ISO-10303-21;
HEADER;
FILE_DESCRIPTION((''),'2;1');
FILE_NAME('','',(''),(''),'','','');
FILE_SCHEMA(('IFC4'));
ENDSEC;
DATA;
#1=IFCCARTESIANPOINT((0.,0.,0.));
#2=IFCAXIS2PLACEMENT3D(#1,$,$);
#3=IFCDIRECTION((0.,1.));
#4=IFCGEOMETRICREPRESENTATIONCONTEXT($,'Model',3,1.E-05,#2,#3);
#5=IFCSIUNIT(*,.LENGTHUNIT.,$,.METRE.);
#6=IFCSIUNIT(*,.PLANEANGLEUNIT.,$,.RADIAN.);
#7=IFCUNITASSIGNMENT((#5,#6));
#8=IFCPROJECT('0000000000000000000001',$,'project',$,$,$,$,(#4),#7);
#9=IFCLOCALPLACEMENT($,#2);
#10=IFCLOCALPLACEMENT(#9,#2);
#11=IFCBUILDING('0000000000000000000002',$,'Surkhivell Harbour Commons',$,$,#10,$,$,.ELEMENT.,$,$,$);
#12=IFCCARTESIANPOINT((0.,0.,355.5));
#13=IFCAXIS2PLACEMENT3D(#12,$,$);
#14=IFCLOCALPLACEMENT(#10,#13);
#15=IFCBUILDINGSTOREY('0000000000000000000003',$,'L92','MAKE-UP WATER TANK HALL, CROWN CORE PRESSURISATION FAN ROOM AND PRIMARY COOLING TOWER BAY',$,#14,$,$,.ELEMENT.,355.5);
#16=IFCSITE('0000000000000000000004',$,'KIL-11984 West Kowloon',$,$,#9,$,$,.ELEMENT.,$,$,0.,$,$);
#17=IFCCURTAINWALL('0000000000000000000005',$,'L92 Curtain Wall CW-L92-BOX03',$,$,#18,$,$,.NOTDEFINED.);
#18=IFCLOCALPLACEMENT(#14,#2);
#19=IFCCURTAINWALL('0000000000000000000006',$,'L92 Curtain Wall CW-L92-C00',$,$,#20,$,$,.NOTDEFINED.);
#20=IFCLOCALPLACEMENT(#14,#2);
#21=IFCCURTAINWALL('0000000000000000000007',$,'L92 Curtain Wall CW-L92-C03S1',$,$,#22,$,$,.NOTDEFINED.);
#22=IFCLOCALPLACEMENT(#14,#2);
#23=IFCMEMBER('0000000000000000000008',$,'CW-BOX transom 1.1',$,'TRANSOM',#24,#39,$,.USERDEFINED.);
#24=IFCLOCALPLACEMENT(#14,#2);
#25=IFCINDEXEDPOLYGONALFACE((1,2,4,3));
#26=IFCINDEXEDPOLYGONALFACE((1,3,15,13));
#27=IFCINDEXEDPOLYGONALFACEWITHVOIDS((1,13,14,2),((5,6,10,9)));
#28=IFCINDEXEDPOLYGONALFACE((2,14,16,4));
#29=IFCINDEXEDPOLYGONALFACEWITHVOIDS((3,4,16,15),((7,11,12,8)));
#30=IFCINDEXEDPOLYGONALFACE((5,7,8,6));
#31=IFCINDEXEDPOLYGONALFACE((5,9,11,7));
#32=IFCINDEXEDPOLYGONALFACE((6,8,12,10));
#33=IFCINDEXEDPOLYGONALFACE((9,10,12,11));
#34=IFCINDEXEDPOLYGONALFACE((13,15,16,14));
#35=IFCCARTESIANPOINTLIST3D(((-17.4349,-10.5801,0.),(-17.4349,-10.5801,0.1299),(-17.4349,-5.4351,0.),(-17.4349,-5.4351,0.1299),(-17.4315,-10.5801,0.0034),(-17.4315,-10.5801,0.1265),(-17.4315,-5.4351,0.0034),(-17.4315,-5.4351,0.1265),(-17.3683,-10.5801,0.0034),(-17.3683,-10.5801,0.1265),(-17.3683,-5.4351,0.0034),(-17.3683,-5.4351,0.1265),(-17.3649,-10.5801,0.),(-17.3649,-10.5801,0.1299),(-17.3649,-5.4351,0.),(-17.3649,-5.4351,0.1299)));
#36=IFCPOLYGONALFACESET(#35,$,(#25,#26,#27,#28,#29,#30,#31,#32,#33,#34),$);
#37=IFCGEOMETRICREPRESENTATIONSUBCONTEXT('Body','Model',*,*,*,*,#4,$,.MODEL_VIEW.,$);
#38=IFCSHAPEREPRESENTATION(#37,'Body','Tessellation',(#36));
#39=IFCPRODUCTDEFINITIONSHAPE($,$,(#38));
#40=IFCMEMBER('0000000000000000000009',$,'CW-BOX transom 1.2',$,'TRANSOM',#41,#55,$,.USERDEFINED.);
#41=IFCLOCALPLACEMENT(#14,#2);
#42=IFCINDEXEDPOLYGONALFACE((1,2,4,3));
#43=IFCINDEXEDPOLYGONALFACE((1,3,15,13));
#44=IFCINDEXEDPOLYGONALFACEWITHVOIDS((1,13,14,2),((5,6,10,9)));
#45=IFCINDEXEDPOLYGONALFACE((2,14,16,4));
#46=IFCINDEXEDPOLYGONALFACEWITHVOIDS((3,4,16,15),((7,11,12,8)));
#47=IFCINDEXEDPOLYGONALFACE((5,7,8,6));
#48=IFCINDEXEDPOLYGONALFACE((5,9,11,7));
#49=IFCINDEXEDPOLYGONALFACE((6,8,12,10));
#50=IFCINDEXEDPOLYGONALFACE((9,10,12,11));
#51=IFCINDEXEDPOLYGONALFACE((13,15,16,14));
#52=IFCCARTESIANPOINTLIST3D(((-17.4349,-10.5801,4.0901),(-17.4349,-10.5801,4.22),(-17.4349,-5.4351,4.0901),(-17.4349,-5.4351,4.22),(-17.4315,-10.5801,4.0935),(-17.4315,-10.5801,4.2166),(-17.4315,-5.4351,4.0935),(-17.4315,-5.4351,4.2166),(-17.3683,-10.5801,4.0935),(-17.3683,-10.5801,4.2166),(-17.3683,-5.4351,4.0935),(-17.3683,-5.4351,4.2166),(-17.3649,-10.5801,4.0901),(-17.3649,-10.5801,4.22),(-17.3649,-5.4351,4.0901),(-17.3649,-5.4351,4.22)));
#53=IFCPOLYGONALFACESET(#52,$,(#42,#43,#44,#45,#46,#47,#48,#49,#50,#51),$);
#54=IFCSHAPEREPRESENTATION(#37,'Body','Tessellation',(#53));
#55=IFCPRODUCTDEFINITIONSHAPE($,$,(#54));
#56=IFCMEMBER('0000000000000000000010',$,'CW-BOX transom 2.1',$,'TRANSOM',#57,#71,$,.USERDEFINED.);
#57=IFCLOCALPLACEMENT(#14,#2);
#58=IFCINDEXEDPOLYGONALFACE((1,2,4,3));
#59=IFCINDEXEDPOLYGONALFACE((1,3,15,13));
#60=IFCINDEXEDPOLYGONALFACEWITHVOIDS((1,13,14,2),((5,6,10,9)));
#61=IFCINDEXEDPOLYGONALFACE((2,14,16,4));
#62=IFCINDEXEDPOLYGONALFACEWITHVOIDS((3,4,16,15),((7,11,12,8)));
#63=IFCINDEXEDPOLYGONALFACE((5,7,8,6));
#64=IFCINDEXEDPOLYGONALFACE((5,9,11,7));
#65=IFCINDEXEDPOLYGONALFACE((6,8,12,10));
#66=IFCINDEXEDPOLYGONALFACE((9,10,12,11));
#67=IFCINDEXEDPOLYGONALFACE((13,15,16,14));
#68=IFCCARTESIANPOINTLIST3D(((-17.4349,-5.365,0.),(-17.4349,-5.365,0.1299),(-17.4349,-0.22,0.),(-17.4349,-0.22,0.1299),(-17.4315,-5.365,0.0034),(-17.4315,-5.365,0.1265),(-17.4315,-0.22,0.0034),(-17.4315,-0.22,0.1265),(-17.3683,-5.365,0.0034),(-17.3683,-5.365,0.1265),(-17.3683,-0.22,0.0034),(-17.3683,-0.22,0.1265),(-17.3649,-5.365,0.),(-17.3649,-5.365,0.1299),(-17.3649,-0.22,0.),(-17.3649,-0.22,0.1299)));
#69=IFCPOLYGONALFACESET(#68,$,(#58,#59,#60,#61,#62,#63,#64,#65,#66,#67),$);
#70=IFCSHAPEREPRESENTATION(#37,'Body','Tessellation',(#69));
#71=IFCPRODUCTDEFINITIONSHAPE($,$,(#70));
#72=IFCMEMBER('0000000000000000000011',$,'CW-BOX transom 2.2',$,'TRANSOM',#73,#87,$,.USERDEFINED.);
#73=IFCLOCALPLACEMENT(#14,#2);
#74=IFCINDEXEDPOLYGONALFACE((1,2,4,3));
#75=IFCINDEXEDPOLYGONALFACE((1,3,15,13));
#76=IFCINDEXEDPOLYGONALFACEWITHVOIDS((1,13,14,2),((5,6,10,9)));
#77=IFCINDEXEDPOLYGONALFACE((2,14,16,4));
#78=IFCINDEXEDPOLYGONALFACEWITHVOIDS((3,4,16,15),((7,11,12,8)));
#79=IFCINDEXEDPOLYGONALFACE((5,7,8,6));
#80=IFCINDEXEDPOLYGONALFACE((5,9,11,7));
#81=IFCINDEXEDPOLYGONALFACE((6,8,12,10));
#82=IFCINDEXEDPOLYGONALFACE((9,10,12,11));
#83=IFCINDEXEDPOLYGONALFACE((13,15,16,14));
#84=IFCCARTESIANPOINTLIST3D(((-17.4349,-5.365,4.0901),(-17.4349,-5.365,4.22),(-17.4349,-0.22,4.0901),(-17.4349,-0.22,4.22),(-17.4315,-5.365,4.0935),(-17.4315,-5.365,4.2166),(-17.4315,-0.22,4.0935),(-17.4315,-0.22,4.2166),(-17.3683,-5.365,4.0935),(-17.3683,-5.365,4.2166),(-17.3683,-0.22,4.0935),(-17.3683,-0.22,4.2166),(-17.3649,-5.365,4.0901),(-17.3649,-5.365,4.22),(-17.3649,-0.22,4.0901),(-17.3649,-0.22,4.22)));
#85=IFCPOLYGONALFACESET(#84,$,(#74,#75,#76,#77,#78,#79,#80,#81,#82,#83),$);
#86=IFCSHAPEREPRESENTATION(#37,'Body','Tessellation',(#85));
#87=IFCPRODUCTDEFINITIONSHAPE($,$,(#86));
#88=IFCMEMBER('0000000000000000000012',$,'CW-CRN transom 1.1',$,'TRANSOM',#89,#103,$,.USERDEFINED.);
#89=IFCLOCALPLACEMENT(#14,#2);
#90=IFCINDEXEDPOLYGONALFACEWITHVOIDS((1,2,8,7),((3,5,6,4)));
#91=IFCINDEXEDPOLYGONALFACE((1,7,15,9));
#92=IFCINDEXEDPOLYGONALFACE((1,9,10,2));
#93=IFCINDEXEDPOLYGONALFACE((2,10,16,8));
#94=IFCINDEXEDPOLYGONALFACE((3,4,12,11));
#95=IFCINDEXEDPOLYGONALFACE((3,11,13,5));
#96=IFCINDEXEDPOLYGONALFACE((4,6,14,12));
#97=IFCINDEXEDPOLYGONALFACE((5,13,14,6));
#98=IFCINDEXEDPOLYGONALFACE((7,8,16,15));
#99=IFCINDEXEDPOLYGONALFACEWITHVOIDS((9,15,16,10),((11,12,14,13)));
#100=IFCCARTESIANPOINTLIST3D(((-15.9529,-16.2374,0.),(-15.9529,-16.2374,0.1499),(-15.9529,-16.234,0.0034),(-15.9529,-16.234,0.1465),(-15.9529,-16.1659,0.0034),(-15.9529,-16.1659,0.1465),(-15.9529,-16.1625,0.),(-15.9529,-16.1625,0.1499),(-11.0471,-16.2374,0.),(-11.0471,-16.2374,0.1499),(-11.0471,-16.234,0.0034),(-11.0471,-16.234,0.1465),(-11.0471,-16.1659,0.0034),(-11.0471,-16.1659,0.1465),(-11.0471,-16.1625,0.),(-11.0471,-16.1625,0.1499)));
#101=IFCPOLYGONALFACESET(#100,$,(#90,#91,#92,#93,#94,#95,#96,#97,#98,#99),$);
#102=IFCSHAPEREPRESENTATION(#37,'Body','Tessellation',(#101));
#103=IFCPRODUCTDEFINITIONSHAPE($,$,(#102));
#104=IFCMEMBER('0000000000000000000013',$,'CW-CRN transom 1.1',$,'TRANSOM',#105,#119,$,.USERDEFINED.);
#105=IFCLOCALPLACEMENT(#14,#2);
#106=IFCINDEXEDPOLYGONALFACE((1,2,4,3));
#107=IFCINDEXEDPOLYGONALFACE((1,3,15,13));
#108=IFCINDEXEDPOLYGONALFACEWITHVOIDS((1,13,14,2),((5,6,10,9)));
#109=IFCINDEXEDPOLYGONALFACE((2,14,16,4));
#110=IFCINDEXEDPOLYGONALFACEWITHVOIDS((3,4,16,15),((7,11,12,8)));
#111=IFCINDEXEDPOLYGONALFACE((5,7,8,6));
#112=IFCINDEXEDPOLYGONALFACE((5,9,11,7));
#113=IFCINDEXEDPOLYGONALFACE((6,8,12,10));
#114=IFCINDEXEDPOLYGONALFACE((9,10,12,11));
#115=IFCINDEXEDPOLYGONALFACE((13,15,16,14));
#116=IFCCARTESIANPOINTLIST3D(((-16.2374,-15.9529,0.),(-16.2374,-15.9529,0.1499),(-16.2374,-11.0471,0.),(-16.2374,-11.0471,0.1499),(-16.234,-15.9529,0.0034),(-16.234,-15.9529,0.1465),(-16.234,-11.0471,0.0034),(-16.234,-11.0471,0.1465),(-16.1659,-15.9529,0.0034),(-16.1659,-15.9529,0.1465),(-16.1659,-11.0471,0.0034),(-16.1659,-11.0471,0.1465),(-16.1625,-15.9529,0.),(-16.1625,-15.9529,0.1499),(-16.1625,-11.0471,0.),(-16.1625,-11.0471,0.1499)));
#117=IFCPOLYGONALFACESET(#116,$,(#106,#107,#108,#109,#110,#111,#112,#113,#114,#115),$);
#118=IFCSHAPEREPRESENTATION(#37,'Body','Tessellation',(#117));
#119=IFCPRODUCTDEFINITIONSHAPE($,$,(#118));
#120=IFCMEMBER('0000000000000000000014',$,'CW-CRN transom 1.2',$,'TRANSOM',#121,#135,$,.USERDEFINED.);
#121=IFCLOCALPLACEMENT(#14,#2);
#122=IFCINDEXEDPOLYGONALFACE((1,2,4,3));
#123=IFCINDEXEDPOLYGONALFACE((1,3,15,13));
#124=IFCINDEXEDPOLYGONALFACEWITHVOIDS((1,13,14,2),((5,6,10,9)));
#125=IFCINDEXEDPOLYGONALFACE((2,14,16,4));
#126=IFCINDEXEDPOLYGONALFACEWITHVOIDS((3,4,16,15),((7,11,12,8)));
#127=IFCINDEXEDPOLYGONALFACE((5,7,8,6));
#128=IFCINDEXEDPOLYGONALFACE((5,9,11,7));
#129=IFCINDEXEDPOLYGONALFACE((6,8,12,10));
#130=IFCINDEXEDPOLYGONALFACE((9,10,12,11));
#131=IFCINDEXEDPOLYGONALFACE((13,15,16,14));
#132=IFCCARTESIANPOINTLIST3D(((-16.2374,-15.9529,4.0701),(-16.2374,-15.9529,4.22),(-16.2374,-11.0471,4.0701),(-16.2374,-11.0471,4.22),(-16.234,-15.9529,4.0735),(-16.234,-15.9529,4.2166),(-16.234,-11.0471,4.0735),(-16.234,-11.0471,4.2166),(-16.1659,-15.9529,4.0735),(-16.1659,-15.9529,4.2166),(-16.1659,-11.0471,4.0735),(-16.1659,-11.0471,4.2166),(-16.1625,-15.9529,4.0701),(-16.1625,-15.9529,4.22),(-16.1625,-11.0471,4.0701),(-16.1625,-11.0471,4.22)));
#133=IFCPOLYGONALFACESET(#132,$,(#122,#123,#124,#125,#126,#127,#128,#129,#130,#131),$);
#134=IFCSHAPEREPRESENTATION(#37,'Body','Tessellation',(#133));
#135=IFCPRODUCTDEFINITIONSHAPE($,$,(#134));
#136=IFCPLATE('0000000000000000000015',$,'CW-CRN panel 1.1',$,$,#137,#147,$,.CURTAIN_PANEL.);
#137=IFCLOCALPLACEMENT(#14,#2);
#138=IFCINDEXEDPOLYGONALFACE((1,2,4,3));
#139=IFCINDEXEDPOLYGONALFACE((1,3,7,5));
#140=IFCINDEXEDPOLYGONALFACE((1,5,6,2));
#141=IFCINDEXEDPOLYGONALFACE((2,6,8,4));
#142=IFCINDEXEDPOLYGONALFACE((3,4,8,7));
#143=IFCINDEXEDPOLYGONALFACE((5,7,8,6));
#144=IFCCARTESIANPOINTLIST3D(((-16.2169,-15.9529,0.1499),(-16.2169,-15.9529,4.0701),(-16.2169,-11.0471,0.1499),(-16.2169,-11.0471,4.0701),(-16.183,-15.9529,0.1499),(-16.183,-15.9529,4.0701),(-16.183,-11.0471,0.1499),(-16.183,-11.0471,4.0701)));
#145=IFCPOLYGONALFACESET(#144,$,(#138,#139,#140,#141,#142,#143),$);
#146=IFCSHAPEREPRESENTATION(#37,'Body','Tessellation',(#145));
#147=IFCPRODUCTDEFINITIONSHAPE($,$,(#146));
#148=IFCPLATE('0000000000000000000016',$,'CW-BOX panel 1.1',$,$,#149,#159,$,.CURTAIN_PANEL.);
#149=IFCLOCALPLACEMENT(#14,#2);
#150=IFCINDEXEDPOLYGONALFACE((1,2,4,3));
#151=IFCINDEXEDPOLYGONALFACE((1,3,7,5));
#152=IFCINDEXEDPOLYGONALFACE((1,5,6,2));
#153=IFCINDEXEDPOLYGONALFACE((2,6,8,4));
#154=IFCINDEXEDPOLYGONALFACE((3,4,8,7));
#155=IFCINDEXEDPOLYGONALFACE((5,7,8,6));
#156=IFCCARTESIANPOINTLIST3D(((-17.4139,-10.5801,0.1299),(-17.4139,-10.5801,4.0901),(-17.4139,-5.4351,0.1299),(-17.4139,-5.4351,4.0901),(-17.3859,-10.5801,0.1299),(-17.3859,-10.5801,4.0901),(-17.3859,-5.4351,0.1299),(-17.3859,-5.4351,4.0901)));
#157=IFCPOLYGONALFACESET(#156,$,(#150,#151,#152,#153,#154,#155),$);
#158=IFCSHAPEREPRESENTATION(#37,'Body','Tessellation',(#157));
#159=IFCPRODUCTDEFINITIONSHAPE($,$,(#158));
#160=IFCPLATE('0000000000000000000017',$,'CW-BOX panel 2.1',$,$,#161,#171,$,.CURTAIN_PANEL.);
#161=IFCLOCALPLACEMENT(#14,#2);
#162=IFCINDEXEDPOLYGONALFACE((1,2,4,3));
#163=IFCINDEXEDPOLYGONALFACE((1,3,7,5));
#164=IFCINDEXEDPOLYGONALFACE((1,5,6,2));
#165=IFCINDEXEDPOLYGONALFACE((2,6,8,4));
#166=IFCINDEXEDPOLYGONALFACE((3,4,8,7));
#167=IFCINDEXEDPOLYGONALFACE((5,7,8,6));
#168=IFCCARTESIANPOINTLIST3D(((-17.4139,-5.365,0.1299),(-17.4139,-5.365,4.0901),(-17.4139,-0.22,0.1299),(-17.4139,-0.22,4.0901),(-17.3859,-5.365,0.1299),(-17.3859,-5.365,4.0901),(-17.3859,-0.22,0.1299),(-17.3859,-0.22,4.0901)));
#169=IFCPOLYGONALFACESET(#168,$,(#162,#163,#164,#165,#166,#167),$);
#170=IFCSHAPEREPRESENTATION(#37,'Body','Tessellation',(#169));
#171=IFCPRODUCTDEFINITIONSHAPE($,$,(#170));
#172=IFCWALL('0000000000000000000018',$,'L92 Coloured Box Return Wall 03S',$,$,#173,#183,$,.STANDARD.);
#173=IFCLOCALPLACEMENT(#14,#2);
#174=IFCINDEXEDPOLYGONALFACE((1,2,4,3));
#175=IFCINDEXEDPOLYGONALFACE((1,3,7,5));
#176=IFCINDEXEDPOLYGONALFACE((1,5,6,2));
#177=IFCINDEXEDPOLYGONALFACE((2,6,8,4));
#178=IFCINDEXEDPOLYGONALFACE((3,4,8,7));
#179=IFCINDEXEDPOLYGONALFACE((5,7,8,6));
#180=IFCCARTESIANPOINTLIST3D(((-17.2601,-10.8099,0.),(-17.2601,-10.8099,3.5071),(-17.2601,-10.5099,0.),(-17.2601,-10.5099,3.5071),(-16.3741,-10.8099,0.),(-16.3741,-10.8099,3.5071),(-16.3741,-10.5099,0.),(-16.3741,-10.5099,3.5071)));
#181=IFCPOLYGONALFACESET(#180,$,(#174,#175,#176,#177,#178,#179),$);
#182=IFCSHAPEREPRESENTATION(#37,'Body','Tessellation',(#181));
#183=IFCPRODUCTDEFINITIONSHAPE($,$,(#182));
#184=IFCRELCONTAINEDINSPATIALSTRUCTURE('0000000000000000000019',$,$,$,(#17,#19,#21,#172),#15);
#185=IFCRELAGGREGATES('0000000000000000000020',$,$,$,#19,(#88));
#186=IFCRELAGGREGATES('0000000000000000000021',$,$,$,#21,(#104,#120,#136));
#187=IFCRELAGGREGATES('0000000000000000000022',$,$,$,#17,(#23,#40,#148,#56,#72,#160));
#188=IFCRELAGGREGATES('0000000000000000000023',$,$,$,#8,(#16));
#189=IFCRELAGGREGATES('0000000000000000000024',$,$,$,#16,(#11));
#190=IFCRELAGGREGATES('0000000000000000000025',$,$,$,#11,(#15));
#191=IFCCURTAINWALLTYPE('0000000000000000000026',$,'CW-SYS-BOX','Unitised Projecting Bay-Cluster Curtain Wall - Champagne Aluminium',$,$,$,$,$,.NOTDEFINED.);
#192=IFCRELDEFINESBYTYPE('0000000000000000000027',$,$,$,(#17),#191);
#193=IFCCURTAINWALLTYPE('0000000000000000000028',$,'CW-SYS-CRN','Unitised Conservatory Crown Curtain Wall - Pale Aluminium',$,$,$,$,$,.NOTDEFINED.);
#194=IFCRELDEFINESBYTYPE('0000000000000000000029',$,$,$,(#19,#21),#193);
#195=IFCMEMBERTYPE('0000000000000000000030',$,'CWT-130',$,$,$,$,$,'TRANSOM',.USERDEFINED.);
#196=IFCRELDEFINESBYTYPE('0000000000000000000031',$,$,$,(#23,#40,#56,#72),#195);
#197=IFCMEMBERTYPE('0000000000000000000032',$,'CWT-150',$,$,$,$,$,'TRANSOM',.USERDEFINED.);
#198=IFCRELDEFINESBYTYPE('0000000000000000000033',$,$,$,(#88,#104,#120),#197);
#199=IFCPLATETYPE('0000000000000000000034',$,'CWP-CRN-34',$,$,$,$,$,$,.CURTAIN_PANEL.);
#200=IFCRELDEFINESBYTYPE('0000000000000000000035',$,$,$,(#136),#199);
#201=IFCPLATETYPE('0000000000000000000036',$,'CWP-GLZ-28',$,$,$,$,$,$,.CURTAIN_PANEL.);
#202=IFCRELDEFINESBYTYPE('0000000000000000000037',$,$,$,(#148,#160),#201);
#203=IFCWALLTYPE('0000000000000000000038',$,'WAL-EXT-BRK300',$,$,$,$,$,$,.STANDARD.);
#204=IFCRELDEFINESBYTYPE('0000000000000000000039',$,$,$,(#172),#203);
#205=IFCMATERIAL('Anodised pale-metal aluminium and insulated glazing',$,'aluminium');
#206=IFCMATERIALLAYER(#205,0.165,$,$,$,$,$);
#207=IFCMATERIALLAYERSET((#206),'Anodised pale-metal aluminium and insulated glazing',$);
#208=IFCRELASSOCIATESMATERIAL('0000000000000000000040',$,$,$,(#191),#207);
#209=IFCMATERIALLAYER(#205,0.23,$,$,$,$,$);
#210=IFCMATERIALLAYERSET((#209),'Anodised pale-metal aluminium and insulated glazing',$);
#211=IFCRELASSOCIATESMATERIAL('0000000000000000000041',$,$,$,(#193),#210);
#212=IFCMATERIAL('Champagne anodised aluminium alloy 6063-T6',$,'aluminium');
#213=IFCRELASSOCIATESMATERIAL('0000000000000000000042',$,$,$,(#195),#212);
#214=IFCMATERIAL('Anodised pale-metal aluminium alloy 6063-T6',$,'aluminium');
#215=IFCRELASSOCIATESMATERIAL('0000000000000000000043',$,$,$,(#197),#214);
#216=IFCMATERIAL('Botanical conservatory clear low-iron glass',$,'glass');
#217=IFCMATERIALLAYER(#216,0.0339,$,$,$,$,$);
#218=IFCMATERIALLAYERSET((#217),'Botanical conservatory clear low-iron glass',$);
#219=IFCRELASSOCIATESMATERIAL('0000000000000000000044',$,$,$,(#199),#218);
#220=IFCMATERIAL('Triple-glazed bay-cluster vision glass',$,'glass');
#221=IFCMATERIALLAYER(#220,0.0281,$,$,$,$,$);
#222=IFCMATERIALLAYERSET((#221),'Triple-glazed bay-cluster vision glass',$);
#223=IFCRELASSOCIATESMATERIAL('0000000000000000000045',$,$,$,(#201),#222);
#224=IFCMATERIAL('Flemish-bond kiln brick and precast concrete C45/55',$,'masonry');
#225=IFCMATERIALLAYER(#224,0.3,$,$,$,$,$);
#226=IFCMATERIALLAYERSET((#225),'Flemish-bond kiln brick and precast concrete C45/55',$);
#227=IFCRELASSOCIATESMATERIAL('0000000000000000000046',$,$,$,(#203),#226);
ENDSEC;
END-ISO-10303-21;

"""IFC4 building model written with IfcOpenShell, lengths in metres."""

from ifc_helpers import new_model, si_unit, direction, frame, frame_2d, origin, origin_2d, place, context, subcontext, project, spatial, rectangle, hollow_rectangle, extrude, material, layer, layer_set, material_profile, profile_set, type_object, element, aggregate, save


model = new_model("IFC4")

# Units and contexts
model_context = context("Model", 3, precision=1e-05, world=origin(), true_north=direction((0.0, 1.0)))
body_context = subcontext(model_context, "Body", "Model", "MODEL_VIEW")
ifc_project = project(units=[si_unit("LENGTHUNIT", "METRE"), si_unit("PLANEANGLEUNIT", "RADIAN")], contexts=[model_context])

# Site, building, storey
site_placement = place(None, origin())
site = spatial("IfcSite", under=ifc_project, at=site_placement, Name="KIL-11984 West Kowloon", CompositionType="ELEMENT", RefElevation=0.0)
building_placement = place(site_placement, origin())
building = spatial("IfcBuilding", under=site, at=building_placement, Name="Surkhivell Harbour Commons", CompositionType="ELEMENT")
storey_placement = place(building_placement, frame((0.0, 0.0, 355.5)))
storey = spatial("IfcBuildingStorey", under=building, at=storey_placement, Name="L92", Description="MAKE-UP WATER TANK HALL, CROWN CORE PRESSURISATION FAN ROOM AND PRIMARY COOLING TOWER BAY", CompositionType="ELEMENT", Elevation=355.5)

# Curtain wall
ifc_material_1 = material(Name="Anodised pale-metal aluminium and insulated glazing", Category="aluminium")
ifc_layer_1 = layer(ifc_material_1, 0.165)
ifc_layer_set_1 = layer_set([ifc_layer_1], Name="Anodised pale-metal aluminium and insulated glazing")
curtain_wall_type_1 = type_object("IfcCurtainWallType", Name="CW-SYS-BOX", Description="Unitised Projecting Bay-Cluster Curtain Wall - Champagne Aluminium", PredefinedType="NOTDEFINED", material=ifc_layer_set_1)
curtain_wall_1_placement = place(storey_placement, origin())
curtain_wall_1 = element("IfcCurtainWall", 1, at=curtain_wall_1_placement, inside=storey, type_object=curtain_wall_type_1, Name="L92 Curtain Wall CW-L92-BOX03", PredefinedType="NOTDEFINED")
ifc_material_2 = material(Name="Champagne anodised aluminium alloy 6063-T6", Category="aluminium")

# Curtain wall
ifc_layer_2 = layer(ifc_material_1, 0.23)
ifc_layer_set_2 = layer_set([ifc_layer_2], Name="Anodised pale-metal aluminium and insulated glazing")
curtain_wall_type_2 = type_object("IfcCurtainWallType", Name="CW-SYS-CRN", Description="Unitised Conservatory Crown Curtain Wall - Pale Aluminium", PredefinedType="NOTDEFINED", material=ifc_layer_set_2)
curtain_wall_2_placement = place(storey_placement, origin())
curtain_wall_2 = element("IfcCurtainWall", 2, at=curtain_wall_2_placement, inside=storey, type_object=curtain_wall_type_2, Name="L92 Curtain Wall CW-L92-C00", PredefinedType="NOTDEFINED")
ifc_material_3 = material(Name="Anodised pale-metal aluminium alloy 6063-T6", Category="aluminium")

# Curtain wall
curtain_wall_3_placement = place(storey_placement, origin())
curtain_wall_3 = element("IfcCurtainWall", 3, at=curtain_wall_3_placement, inside=storey, type_object=curtain_wall_type_2, Name="L92 Curtain Wall CW-L92-C03S1", PredefinedType="NOTDEFINED")

# Members
ifc_material_profile_1 = material_profile(ifc_material_2, hollow_rectangle(XDim=0.0701, YDim=0.1299, WallThickness=0.0034, at=origin_2d()), Name="ALU-TRAN-70x130")
ifc_profile_set_1 = profile_set([ifc_material_profile_1], Name="Champagne anodised aluminium alloy 6063-T6")
member_type_1 = type_object("IfcMemberType", Name="CWT-130", ElementType="TRANSOM", PredefinedType="USERDEFINED", material=ifc_profile_set_1)
member_1_placement = place(storey_placement, frame((-17.3999, -10.5801, 0.0649), z_axis=(0.0, 1.0, 0.0), x_axis=(-1.0, 0.0, 0.0)))
member_1 = element("IfcMember", 4, at=member_1_placement, type_object=member_type_1, Name="CW-BOX transom 1.1", ObjectType="TRANSOM", PredefinedType="USERDEFINED", context=body_context, shape_type="SweptSolid", body=[
    extrude(hollow_rectangle(XDim=0.0701, YDim=0.1299, WallThickness=0.0034, at=origin_2d()), origin(), (0.0, 0.0, 1.0), 5.145),
])
member_2_placement = place(storey_placement, frame((-17.3999, -10.5801, 4.155), z_axis=(0.0, 1.0, 0.0), x_axis=(-1.0, 0.0, 0.0)))
member_2 = element("IfcMember", 5, at=member_2_placement, type_object=member_type_1, Name="CW-BOX transom 1.2", ObjectType="TRANSOM", PredefinedType="USERDEFINED", context=body_context, shape_type="SweptSolid", body=[
    extrude(hollow_rectangle(XDim=0.0701, YDim=0.1299, WallThickness=0.0034, at=origin_2d()), origin(), (0.0, 0.0, 1.0), 5.145),
])
member_3_placement = place(storey_placement, frame((-17.3999, -5.365, 0.0649), z_axis=(0.0, 1.0, 0.0), x_axis=(-1.0, 0.0, 0.0)))
member_3 = element("IfcMember", 6, at=member_3_placement, type_object=member_type_1, Name="CW-BOX transom 2.1", ObjectType="TRANSOM", PredefinedType="USERDEFINED", context=body_context, shape_type="SweptSolid", body=[
    extrude(hollow_rectangle(XDim=0.0701, YDim=0.1299, WallThickness=0.0034, at=origin_2d()), origin(), (0.0, 0.0, 1.0), 5.145),
])
member_4_placement = place(storey_placement, frame((-17.3999, -5.365, 4.155), z_axis=(0.0, 1.0, 0.0), x_axis=(-1.0, 0.0, 0.0)))
member_4 = element("IfcMember", 7, at=member_4_placement, type_object=member_type_1, Name="CW-BOX transom 2.2", ObjectType="TRANSOM", PredefinedType="USERDEFINED", context=body_context, shape_type="SweptSolid", body=[
    extrude(hollow_rectangle(XDim=0.0701, YDim=0.1299, WallThickness=0.0034, at=origin_2d()), origin(), (0.0, 0.0, 1.0), 5.145),
])
ifc_material_profile_2 = material_profile(ifc_material_3, hollow_rectangle(XDim=0.075, YDim=0.1499, WallThickness=0.0034, at=origin_2d()), Name="ALU-TRAN-75x150")
ifc_profile_set_2 = profile_set([ifc_material_profile_2], Name="Anodised pale-metal aluminium alloy 6063-T6")
member_type_2 = type_object("IfcMemberType", Name="CWT-150", ElementType="TRANSOM", PredefinedType="USERDEFINED", material=ifc_profile_set_2)
member_5_placement = place(storey_placement, frame((-15.9529, -16.2, 0.075), z_axis=(1.0, 0.0, 0.0), x_axis=(0.0, 1.0, 0.0)))
member_5 = element("IfcMember", 8, at=member_5_placement, type_object=member_type_2, Name="CW-CRN transom 1.1", ObjectType="TRANSOM", PredefinedType="USERDEFINED", context=body_context, shape_type="SweptSolid", body=[
    extrude(hollow_rectangle(XDim=0.075, YDim=0.1499, WallThickness=0.0034, at=origin_2d()), origin(), (0.0, 0.0, 1.0), 4.9058),
])
aggregate(curtain_wall_2, [member_5])
member_6_placement = place(storey_placement, frame((-16.2, -11.0471, 0.075), z_axis=(0.0, -1.0, 0.0), x_axis=(1.0, 0.0, 0.0)))
member_6 = element("IfcMember", 9, at=member_6_placement, type_object=member_type_2, Name="CW-CRN transom 1.1", ObjectType="TRANSOM", PredefinedType="USERDEFINED", context=body_context, shape_type="SweptSolid", body=[
    extrude(hollow_rectangle(XDim=0.075, YDim=0.1499, WallThickness=0.0034, at=origin_2d()), origin(), (0.0, 0.0, 1.0), 4.9058),
])
member_7_placement = place(storey_placement, frame((-16.2, -11.0471, 4.145), z_axis=(0.0, -1.0, 0.0), x_axis=(1.0, 0.0, 0.0)))
member_7 = element("IfcMember", 10, at=member_7_placement, type_object=member_type_2, Name="CW-CRN transom 1.2", ObjectType="TRANSOM", PredefinedType="USERDEFINED", context=body_context, shape_type="SweptSolid", body=[
    extrude(hollow_rectangle(XDim=0.075, YDim=0.1499, WallThickness=0.0034, at=origin_2d()), origin(), (0.0, 0.0, 1.0), 4.9058),
])

# Plates
ifc_material_4 = material(Name="Botanical conservatory clear low-iron glass", Category="glass")
ifc_layer_3 = layer(ifc_material_4, 0.0339)
ifc_layer_set_3 = layer_set([ifc_layer_3], Name="Botanical conservatory clear low-iron glass")
plate_type_1 = type_object("IfcPlateType", Name="CWP-CRN-34", PredefinedType="CURTAIN_PANEL", material=ifc_layer_set_3)
plate_1_placement = place(storey_placement, frame((-16.2, -11.0471, 0.1499), z_axis=(0.0, 0.0, 1.0), x_axis=(0.0, -1.0, 0.0)))
plate_1 = element("IfcPlate", 11, at=plate_1_placement, type_object=plate_type_1, Name="CW-CRN panel 1.1", PredefinedType="CURTAIN_PANEL", context=body_context, shape_type="SweptSolid", body=[
    extrude(rectangle(XDim=4.9058, YDim=0.0339, at=frame_2d((2.4529, 0.0))), origin(), (0.0, 0.0, 1.0), 3.9202),
])
aggregate(curtain_wall_3, [member_6, member_7, plate_1])
ifc_material_5 = material(Name="Triple-glazed bay-cluster vision glass", Category="glass")
ifc_layer_4 = layer(ifc_material_5, 0.0281)
ifc_layer_set_4 = layer_set([ifc_layer_4], Name="Triple-glazed bay-cluster vision glass")
plate_type_2 = type_object("IfcPlateType", Name="CWP-GLZ-28", PredefinedType="CURTAIN_PANEL", material=ifc_layer_set_4)
plate_2_placement = place(storey_placement, frame((-17.3999, -10.5801, 0.1299), z_axis=(0.0, 0.0, 1.0), x_axis=(0.0, 1.0, 0.0)))
plate_2 = element("IfcPlate", 12, at=plate_2_placement, type_object=plate_type_2, Name="CW-BOX panel 1.1", PredefinedType="CURTAIN_PANEL", context=body_context, shape_type="SweptSolid", body=[
    extrude(rectangle(XDim=5.145, YDim=0.0281, at=frame_2d((2.5725, 0.0))), origin(), (0.0, 0.0, 1.0), 3.9602),
])
plate_3_placement = place(storey_placement, frame((-17.3999, -5.365, 0.1299), z_axis=(0.0, 0.0, 1.0), x_axis=(0.0, 1.0, 0.0)))
plate_3 = element("IfcPlate", 13, at=plate_3_placement, type_object=plate_type_2, Name="CW-BOX panel 2.1", PredefinedType="CURTAIN_PANEL", context=body_context, shape_type="SweptSolid", body=[
    extrude(rectangle(XDim=5.145, YDim=0.0281, at=frame_2d((2.5725, 0.0))), origin(), (0.0, 0.0, 1.0), 3.9602),
])
aggregate(curtain_wall_1, [member_1, member_2, plate_2, member_3, member_4, plate_3])

# Wall
ifc_material_6 = material(Name="Flemish-bond kiln brick and precast concrete C45/55", Category="masonry")
ifc_layer_5 = layer(ifc_material_6, 0.3)
ifc_layer_set_5 = layer_set([ifc_layer_5], Name="Flemish-bond kiln brick and precast concrete C45/55")
wall_type_1 = type_object("IfcWallType", Name="WAL-EXT-BRK300", PredefinedType="STANDARD", material=ifc_layer_set_5)
wall_1_placement = place(storey_placement, frame((-17.26, -10.6599, 0.0), z_axis=(0.0, 0.0, 1.0), x_axis=(1.0, 0.0, 0.0)))
element("IfcWall", 14, at=wall_1_placement, inside=storey, type_object=wall_type_1, Name="L92 Coloured Box Return Wall 03S", PredefinedType="STANDARD", context=body_context, shape_type="SweptSolid", body=[
    extrude(rectangle(XDim=0.886, YDim=0.3, at=frame_2d((0.4429, 0.0))), origin(), (0.0, 0.0, 1.0), 3.5071),
])

save(model, "model.ifc")
